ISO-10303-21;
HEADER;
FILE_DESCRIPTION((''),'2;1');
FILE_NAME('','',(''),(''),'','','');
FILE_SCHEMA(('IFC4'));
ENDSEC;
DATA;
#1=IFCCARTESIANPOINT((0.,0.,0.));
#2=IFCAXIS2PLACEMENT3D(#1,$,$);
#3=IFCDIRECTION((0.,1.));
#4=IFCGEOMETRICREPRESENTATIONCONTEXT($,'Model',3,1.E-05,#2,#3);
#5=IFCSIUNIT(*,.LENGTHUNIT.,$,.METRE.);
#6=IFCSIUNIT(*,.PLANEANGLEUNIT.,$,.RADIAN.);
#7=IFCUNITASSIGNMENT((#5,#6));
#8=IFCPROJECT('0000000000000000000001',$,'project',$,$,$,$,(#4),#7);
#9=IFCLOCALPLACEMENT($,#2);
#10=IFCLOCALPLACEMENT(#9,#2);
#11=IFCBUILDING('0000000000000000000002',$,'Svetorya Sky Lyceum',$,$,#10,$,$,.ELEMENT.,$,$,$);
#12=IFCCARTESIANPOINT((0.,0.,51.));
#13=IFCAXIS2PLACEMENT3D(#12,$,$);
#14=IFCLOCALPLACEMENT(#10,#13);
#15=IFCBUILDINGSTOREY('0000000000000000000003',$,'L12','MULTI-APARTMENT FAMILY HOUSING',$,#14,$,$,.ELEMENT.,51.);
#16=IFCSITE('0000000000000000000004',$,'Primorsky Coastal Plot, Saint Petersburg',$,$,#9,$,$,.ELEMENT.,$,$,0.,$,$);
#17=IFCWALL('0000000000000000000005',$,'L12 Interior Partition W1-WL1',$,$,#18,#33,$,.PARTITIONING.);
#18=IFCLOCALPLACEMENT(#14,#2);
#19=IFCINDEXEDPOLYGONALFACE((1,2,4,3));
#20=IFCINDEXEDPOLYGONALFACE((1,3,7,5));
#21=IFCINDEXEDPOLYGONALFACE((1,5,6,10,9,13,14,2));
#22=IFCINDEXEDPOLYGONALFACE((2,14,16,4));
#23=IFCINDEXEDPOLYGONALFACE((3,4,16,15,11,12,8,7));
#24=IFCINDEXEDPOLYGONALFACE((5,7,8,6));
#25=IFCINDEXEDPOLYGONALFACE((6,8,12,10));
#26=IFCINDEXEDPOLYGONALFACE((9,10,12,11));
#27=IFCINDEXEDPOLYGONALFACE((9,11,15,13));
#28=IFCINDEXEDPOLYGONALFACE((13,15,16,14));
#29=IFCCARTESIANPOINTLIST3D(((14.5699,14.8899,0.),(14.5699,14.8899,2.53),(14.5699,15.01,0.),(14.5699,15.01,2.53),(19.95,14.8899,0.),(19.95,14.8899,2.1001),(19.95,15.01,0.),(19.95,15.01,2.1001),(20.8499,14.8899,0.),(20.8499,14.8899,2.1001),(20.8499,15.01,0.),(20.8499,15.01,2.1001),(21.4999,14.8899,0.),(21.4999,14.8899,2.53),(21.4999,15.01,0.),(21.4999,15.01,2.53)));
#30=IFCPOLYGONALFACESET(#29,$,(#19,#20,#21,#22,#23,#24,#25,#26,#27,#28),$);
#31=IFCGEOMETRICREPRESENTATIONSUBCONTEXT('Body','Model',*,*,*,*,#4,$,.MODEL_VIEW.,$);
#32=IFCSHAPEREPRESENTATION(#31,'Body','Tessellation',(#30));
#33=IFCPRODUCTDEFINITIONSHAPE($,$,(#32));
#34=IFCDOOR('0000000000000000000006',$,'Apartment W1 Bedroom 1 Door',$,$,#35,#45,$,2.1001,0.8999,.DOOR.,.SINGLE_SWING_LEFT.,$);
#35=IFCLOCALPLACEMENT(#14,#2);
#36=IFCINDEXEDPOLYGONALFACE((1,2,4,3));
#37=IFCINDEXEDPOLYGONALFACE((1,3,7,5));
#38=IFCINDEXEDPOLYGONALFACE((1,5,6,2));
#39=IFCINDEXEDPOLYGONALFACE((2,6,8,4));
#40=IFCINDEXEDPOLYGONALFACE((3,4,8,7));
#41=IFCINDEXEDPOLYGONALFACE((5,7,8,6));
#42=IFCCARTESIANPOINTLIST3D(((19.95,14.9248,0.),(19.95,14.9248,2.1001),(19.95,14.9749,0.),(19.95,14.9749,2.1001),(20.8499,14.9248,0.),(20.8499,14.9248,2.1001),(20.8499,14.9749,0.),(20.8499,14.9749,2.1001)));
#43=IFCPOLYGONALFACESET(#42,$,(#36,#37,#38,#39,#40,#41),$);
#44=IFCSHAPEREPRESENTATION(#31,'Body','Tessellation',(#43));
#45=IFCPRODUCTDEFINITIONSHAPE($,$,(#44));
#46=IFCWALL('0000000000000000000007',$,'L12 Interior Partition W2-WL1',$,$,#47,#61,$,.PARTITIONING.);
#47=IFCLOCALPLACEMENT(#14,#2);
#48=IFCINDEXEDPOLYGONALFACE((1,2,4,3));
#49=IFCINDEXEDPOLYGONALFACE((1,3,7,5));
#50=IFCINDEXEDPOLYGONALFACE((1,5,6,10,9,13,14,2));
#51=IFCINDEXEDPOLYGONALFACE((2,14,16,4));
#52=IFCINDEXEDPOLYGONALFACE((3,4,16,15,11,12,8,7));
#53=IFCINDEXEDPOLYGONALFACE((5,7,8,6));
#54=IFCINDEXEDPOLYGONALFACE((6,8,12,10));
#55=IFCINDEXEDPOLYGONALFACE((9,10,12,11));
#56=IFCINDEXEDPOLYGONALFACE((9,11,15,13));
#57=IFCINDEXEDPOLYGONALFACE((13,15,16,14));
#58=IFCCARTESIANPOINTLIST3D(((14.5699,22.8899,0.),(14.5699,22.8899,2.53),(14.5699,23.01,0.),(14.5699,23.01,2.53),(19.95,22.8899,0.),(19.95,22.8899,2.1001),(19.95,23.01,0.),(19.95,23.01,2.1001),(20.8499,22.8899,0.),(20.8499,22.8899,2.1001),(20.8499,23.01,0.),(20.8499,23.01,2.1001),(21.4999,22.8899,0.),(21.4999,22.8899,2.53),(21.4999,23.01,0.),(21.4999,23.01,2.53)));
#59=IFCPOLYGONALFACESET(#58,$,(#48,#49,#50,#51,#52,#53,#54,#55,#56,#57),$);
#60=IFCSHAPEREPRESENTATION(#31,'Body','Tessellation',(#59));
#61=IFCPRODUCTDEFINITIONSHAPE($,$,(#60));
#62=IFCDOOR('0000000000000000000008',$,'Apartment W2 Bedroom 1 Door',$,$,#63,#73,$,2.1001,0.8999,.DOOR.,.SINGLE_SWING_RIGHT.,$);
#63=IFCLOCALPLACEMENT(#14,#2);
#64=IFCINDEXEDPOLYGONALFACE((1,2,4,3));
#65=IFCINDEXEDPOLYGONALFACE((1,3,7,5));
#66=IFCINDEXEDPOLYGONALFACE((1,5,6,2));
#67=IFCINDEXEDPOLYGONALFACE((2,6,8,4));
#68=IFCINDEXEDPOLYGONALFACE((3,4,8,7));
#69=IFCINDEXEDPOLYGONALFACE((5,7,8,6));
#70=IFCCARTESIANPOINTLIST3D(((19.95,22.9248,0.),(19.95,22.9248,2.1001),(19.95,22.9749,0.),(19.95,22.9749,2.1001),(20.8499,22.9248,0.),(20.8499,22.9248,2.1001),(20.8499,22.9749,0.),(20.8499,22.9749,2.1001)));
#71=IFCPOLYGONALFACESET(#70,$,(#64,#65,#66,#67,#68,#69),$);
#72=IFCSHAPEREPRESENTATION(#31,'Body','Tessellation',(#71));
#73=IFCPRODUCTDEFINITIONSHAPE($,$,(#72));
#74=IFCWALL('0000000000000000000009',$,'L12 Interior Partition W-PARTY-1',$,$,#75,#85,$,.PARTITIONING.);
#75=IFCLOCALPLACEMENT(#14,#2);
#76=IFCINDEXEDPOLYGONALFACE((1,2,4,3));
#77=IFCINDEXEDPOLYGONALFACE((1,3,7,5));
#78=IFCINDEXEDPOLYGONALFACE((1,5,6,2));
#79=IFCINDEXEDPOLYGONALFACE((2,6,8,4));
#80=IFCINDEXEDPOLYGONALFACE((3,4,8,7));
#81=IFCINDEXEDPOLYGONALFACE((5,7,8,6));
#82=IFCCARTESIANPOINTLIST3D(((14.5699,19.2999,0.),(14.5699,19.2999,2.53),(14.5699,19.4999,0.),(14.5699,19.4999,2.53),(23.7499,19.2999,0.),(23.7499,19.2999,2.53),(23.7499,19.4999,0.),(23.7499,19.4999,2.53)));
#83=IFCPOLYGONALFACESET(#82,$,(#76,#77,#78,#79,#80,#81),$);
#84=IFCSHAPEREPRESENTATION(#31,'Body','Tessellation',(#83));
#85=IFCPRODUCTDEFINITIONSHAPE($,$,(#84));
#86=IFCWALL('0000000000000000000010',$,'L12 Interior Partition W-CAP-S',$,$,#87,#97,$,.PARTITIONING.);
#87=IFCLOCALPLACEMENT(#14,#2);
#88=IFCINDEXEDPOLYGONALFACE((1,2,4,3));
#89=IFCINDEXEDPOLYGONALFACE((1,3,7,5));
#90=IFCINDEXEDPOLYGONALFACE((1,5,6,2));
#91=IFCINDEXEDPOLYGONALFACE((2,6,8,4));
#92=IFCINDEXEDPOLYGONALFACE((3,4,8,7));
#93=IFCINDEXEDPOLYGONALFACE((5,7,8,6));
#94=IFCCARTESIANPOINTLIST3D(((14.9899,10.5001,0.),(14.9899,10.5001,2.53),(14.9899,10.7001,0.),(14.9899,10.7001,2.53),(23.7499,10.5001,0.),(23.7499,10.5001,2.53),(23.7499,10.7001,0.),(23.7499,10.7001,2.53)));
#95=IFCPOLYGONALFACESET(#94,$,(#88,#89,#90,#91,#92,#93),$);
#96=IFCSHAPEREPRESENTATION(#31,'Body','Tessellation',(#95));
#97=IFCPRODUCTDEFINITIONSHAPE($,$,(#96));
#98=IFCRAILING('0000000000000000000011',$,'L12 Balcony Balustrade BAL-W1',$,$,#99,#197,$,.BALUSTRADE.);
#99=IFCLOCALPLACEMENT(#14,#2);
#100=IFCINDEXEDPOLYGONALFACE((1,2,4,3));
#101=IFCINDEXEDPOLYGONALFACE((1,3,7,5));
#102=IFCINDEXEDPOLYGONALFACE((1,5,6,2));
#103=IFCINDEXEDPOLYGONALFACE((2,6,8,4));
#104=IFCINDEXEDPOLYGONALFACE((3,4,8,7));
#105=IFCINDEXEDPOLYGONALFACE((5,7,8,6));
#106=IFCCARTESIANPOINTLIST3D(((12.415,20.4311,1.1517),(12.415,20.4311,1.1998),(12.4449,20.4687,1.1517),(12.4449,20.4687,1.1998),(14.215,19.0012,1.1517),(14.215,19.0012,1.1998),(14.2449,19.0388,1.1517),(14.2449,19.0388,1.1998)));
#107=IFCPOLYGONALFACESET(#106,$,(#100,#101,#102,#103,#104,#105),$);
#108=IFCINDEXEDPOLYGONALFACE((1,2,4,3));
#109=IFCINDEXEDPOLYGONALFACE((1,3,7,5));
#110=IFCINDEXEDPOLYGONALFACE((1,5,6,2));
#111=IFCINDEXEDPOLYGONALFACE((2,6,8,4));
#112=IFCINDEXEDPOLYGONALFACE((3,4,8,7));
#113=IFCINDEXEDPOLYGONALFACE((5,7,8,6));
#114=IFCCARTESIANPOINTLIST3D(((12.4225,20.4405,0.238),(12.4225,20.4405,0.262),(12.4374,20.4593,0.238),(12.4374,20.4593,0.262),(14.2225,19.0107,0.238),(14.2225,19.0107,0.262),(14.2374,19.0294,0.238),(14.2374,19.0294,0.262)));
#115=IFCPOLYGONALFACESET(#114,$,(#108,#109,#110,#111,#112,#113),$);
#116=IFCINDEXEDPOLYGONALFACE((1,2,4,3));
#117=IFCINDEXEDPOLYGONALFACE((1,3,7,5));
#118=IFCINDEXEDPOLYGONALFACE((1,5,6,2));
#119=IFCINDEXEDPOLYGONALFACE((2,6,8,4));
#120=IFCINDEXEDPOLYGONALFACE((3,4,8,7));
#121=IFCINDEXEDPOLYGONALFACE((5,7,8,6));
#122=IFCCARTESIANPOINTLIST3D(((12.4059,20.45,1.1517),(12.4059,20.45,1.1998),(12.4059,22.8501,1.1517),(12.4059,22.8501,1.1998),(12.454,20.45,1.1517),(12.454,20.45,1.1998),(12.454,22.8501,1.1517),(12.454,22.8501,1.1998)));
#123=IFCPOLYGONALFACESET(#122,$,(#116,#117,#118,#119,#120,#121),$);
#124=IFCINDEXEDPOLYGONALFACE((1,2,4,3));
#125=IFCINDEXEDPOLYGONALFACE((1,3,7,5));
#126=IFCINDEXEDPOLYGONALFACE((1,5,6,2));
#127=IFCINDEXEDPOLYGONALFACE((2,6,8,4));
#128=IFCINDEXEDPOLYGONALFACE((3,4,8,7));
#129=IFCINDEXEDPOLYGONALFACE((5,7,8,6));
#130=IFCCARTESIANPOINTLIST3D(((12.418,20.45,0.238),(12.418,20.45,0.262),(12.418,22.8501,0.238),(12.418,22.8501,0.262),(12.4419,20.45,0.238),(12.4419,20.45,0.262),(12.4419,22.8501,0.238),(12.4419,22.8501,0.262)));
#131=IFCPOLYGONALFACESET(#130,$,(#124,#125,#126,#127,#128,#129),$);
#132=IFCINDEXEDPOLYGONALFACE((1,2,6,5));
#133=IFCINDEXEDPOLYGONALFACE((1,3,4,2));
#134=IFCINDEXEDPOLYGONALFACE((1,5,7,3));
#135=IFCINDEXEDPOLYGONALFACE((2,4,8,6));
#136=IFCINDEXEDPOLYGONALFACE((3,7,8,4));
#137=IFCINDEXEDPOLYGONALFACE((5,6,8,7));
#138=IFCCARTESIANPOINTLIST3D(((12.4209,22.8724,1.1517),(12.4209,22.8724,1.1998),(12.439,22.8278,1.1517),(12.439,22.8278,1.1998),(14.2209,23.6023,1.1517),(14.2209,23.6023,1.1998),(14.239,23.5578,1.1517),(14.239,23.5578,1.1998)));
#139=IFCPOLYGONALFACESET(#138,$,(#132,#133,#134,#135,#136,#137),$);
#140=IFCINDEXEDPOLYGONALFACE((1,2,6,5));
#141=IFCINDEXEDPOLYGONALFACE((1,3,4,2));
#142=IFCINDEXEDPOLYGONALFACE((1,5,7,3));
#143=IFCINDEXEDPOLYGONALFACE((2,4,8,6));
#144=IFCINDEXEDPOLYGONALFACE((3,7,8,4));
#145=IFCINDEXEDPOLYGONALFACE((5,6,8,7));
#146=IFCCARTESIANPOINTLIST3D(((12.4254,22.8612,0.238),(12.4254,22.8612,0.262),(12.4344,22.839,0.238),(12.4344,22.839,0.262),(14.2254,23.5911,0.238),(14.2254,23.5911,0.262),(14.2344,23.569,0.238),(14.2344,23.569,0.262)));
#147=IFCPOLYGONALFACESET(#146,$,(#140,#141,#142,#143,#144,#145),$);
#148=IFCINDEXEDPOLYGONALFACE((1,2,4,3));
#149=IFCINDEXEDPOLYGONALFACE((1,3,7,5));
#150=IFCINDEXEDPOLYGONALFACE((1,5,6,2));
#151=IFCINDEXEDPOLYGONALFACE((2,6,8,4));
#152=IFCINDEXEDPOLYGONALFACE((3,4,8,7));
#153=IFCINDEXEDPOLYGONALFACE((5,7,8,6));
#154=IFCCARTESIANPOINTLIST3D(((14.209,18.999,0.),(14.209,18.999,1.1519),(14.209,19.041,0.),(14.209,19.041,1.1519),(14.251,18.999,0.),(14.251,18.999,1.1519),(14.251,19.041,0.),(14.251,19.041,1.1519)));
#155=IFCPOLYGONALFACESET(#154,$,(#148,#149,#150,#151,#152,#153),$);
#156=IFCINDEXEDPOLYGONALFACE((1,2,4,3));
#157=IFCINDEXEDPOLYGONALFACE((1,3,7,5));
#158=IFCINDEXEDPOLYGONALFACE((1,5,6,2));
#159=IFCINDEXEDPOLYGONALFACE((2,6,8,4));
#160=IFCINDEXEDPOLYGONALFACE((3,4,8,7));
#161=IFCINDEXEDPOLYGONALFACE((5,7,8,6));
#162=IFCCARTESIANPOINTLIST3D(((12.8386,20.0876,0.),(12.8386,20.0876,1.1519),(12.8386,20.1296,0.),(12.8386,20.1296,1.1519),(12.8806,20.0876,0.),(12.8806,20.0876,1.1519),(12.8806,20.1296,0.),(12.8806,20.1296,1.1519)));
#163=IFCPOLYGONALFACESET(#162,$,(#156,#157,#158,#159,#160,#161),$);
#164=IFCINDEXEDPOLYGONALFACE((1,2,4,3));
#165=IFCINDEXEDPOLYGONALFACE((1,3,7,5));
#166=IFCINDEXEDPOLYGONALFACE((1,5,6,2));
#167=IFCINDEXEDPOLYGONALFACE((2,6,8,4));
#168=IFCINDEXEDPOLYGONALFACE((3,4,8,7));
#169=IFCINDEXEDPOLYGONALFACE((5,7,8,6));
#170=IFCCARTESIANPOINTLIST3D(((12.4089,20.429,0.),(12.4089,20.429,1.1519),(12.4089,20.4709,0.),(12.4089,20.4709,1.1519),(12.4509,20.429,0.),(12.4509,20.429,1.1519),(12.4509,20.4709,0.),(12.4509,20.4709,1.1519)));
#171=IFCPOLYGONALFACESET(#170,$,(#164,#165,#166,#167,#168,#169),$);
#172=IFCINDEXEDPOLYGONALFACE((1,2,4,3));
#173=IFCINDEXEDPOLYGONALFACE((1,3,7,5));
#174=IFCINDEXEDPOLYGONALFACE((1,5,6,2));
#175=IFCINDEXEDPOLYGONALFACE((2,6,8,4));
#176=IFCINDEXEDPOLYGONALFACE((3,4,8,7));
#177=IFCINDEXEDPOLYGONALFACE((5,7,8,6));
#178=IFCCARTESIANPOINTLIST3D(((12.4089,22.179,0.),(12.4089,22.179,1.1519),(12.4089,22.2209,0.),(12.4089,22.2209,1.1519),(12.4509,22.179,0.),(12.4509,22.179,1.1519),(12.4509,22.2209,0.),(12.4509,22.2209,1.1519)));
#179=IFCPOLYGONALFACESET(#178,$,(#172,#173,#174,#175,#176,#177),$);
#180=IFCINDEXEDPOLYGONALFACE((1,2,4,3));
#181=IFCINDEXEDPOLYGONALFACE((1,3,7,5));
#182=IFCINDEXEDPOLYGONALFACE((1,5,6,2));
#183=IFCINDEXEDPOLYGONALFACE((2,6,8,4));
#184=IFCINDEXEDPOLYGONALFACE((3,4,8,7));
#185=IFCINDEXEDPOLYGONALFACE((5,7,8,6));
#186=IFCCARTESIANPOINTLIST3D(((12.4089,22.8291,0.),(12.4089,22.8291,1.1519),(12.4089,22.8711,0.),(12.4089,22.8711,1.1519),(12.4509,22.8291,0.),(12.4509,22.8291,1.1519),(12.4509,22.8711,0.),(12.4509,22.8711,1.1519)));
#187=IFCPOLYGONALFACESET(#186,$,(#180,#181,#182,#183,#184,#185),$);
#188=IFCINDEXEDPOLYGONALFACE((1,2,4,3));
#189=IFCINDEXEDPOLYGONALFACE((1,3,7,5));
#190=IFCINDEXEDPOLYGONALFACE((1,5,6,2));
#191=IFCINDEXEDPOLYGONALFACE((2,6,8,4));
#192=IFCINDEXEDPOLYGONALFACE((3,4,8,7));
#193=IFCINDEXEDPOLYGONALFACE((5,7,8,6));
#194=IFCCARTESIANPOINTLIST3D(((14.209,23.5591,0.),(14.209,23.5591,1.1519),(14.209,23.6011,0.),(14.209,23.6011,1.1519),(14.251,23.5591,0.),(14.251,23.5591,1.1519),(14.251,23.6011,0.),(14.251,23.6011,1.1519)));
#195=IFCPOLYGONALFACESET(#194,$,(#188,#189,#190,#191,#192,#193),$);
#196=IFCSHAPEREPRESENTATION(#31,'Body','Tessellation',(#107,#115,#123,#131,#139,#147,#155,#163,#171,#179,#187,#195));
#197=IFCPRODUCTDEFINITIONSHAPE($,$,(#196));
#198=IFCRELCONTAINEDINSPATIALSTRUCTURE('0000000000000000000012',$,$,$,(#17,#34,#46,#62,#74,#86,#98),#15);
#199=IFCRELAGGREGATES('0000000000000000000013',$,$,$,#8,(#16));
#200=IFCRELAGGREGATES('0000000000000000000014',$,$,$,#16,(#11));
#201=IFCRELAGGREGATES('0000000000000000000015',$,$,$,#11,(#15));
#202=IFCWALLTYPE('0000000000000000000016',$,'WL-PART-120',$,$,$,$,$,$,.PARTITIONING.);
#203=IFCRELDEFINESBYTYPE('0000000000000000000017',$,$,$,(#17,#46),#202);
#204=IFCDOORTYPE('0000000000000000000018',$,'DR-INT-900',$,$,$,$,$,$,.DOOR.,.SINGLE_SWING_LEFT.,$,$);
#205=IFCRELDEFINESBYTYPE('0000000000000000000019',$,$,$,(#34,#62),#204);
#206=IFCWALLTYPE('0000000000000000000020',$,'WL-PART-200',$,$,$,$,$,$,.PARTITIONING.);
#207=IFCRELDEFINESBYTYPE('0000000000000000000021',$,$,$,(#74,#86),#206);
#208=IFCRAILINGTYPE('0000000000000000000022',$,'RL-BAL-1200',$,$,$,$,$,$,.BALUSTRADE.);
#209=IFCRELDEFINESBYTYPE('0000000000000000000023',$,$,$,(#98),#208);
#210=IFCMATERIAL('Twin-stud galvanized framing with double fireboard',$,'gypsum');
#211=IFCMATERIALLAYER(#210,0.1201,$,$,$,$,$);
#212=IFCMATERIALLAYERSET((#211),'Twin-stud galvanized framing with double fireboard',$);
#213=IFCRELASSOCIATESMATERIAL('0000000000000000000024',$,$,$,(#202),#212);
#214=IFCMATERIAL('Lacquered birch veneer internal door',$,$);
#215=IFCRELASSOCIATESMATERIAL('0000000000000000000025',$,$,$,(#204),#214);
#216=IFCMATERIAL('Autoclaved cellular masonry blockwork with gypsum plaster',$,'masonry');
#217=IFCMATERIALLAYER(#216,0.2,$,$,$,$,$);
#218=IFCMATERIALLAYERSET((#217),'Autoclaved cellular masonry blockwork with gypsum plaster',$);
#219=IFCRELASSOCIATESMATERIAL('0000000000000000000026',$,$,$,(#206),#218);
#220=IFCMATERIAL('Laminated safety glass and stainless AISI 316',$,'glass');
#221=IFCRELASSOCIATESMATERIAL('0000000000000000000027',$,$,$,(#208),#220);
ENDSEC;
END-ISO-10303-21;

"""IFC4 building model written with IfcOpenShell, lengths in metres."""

from ifc_helpers import new_model, si_unit, direction, frame, frame_2d, origin, origin_2d, place, context, subcontext, project, spatial, rectangle, extrude, material, layer, layer_set, type_object, element, fill, save


model = new_model("IFC4")

# Units and contexts
model_context = context("Model", 3, precision=1e-05, world=origin(), true_north=direction((0.0, 1.0)))
body_context = subcontext(model_context, "Body", "Model", "MODEL_VIEW")
ifc_project = project(units=[si_unit("LENGTHUNIT", "METRE"), si_unit("PLANEANGLEUNIT", "RADIAN")], contexts=[model_context])

# Site, building, storey
site_placement = place(None, origin())
site = spatial("IfcSite", under=ifc_project, at=site_placement, Name="Primorsky Coastal Plot, Saint Petersburg", CompositionType="ELEMENT", RefElevation=0.0)
building_placement = place(site_placement, origin())
building = spatial("IfcBuilding", under=site, at=building_placement, Name="Svetorya Sky Lyceum", CompositionType="ELEMENT")
storey_placement = place(building_placement, frame((0.0, 0.0, 51.0)))
storey = spatial("IfcBuildingStorey", under=building, at=storey_placement, Name="L12", Description="MULTI-APARTMENT FAMILY HOUSING", CompositionType="ELEMENT", Elevation=51.0)

# Walls, openings, doors
ifc_material_1 = material(Name="Twin-stud galvanized framing with double fireboard", Category="gypsum")
ifc_layer_1 = layer(ifc_material_1, 0.1201)
ifc_layer_set_1 = layer_set([ifc_layer_1], Name="Twin-stud galvanized framing with double fireboard")
wall_type_1 = type_object("IfcWallType", Name="WL-PART-120", PredefinedType="PARTITIONING", material=ifc_layer_set_1)
wall_1_placement = place(storey_placement, frame((14.5701, 14.95, 0.0), z_axis=(0.0, 0.0, 1.0), x_axis=(1.0, 0.0, 0.0)))
wall_1 = element("IfcWall", 1, at=wall_1_placement, inside=storey, type_object=wall_type_1, Name="L12 Interior Partition W1-WL1", PredefinedType="PARTITIONING", context=body_context, shape_type="SweptSolid", body=[
    extrude(rectangle(XDim=6.9299, YDim=0.1201, at=frame_2d((3.4648, 0.0))), origin(), (0.0, 0.0, 1.0), 2.53),
])
opening_1_placement = place(wall_1_placement, frame((5.3799, 0.0, 0.0)))
opening_1 = element("IfcOpeningElement", 2, at=opening_1_placement, cuts=wall_1, PredefinedType="OPENING", context=body_context, shape_type="SweptSolid", body=[
    extrude(rectangle(XDim=0.8999, YDim=2.1001, at=frame_2d((0.45, 1.05))), frame((0.0, 0.0701, 0.0), z_axis=(0.0, -1.0, 0.0), x_axis=(1.0, 0.0, 0.0)), (0.0, 0.0, 1.0), 0.1401),
])
ifc_material_2 = material(Name="Lacquered birch veneer internal door")
door_type = type_object("IfcDoorType", Name="DR-INT-900", OperationType="SINGLE_SWING_LEFT", PredefinedType="DOOR", material=ifc_material_2)
door_1_placement = place(opening_1_placement, origin())
door_1 = element("IfcDoor", 3, at=door_1_placement, inside=storey, type_object=door_type, Name="Apartment W1 Bedroom 1 Door", OperationType="SINGLE_SWING_LEFT", OverallHeight=2.1001, OverallWidth=0.8999, PredefinedType="DOOR", context=body_context, shape_type="SweptSolid", body=[
    extrude(rectangle(XDim=0.8999, YDim=2.1001, at=frame_2d((0.45, 1.05))), frame((0.0, 0.0249, 0.0), z_axis=(0.0, -1.0, 0.0), x_axis=(1.0, 0.0, 0.0)), (0.0, 0.0, 1.0), 0.05),
])
fill(opening_1, door_1)
wall_2_placement = place(storey_placement, frame((14.5701, 22.95, 0.0), z_axis=(0.0, 0.0, 1.0), x_axis=(1.0, 0.0, 0.0)))
wall_2 = element("IfcWall", 4, at=wall_2_placement, inside=storey, type_object=wall_type_1, Name="L12 Interior Partition W2-WL1", PredefinedType="PARTITIONING", context=body_context, shape_type="SweptSolid", body=[
    extrude(rectangle(XDim=6.9299, YDim=0.1201, at=frame_2d((3.4648, 0.0))), origin(), (0.0, 0.0, 1.0), 2.53),
])
opening_2_placement = place(wall_2_placement, frame((5.3799, 0.0, 0.0)))
opening_2 = element("IfcOpeningElement", 5, at=opening_2_placement, cuts=wall_2, PredefinedType="OPENING", context=body_context, shape_type="SweptSolid", body=[
    extrude(rectangle(XDim=0.8999, YDim=2.1001, at=frame_2d((0.45, 1.05))), frame((0.0, 0.0701, 0.0), z_axis=(0.0, -1.0, 0.0), x_axis=(1.0, 0.0, 0.0)), (0.0, 0.0, 1.0), 0.1401),
])
door_2_placement = place(opening_2_placement, origin())
door_2 = element("IfcDoor", 6, at=door_2_placement, inside=storey, type_object=door_type, Name="Apartment W2 Bedroom 1 Door", OperationType="SINGLE_SWING_RIGHT", OverallHeight=2.1001, OverallWidth=0.8999, PredefinedType="DOOR", context=body_context, shape_type="SweptSolid", body=[
    extrude(rectangle(XDim=0.8999, YDim=2.1001, at=frame_2d((0.45, 1.05))), frame((0.0, 0.0249, 0.0), z_axis=(0.0, -1.0, 0.0), x_axis=(1.0, 0.0, 0.0)), (0.0, 0.0, 1.0), 0.05),
])
fill(opening_2, door_2)

# Walls
ifc_material_3 = material(Name="Autoclaved cellular masonry blockwork with gypsum plaster", Category="masonry")
ifc_layer_2 = layer(ifc_material_3, 0.2)
ifc_layer_set_2 = layer_set([ifc_layer_2], Name="Autoclaved cellular masonry blockwork with gypsum plaster")
wall_type_2 = type_object("IfcWallType", Name="WL-PART-200", PredefinedType="PARTITIONING", material=ifc_layer_set_2)
wall_3_placement = place(storey_placement, frame((14.5701, 19.3999, 0.0), z_axis=(0.0, 0.0, 1.0), x_axis=(1.0, 0.0, 0.0)))
element("IfcWall", 7, at=wall_3_placement, inside=storey, type_object=wall_type_2, Name="L12 Interior Partition W-PARTY-1", PredefinedType="PARTITIONING", context=body_context, shape_type="SweptSolid", body=[
    extrude(rectangle(XDim=9.1799, YDim=0.2, at=frame_2d((4.5898, 0.0))), origin(), (0.0, 0.0, 1.0), 2.53),
])
wall_4_placement = place(storey_placement, frame((14.99, 10.6001, 0.0), z_axis=(0.0, 0.0, 1.0), x_axis=(1.0, 0.0, 0.0)))
element("IfcWall", 8, at=wall_4_placement, inside=storey, type_object=wall_type_2, Name="L12 Interior Partition W-CAP-S", PredefinedType="PARTITIONING", context=body_context, shape_type="SweptSolid", body=[
    extrude(rectangle(XDim=8.76, YDim=0.2, at=frame_2d((4.3799, 0.0))), origin(), (0.0, 0.0, 1.0), 2.53),
])

# Railing
ifc_material_4 = material(Name="Laminated safety glass and stainless AISI 316", Category="glass")
railing_type = type_object("IfcRailingType", Name="RL-BAL-1200", PredefinedType="BALUSTRADE", material=ifc_material_4)
railing_placement = place(storey_placement, frame((14.23, 19.02, 0.0)))
element("IfcRailing", 9, at=railing_placement, inside=storey, type_object=railing_type, Name="L12 Balcony Balustrade BAL-W1", PredefinedType="BALUSTRADE", context=body_context, shape_type="SweptSolid", body=[
    extrude(rectangle(XDim=0.0481, YDim=0.0481, at=origin_2d()), frame((0.0, 0.0, 1.1758), z_axis=(-0.783009, 0.62201, 0.0), x_axis=(-0.62201, -0.783009, 0.0)), (0.0, 0.0, 1.0), 2.2988),
    extrude(rectangle(XDim=0.0239, YDim=0.0239, at=origin_2d()), frame((0.0, 0.0, 0.25), z_axis=(-0.783009, 0.62201, 0.0), x_axis=(-0.62201, -0.783009, 0.0)), (0.0, 0.0, 1.0), 2.2988),
    extrude(rectangle(XDim=0.0481, YDim=0.0481, at=origin_2d()), frame((-1.8, 1.4299, 1.1758), z_axis=(0.0, 1.0, 0.0), x_axis=(-1.0, 0.0, 0.0)), (0.0, 0.0, 1.0), 2.4001),
    extrude(rectangle(XDim=0.0239, YDim=0.0239, at=origin_2d()), frame((-1.8, 1.4299, 0.25), z_axis=(0.0, 1.0, 0.0), x_axis=(-1.0, 0.0, 0.0)), (0.0, 0.0, 1.0), 2.4001),
    extrude(rectangle(XDim=0.0481, YDim=0.0481, at=origin_2d()), frame((-1.8, 3.8301, 1.1758), z_axis=(0.926698, 0.375807, 0.0), x_axis=(-0.375807, 0.926698, 0.0)), (0.0, 0.0, 1.0), 1.9424),
    extrude(rectangle(XDim=0.0239, YDim=0.0239, at=origin_2d()), frame((-1.8, 3.8301, 0.25), z_axis=(0.926698, 0.375807, 0.0), x_axis=(-0.375807, 0.926698, 0.0)), (0.0, 0.0, 1.0), 1.9424),
    extrude(rectangle(XDim=0.042, YDim=0.042, at=origin_2d()), origin(), (0.0, 0.0, 1.0), 1.1519),
    extrude(rectangle(XDim=0.042, YDim=0.042, at=origin_2d()), frame((-1.3704, 1.0886, 0.0)), (0.0, 0.0, 1.0), 1.1519),
    extrude(rectangle(XDim=0.042, YDim=0.042, at=origin_2d()), frame((-1.8, 1.4299, 0.0)), (0.0, 0.0, 1.0), 1.1519),
    extrude(rectangle(XDim=0.042, YDim=0.042, at=origin_2d()), frame((-1.8, 3.1799, 0.0)), (0.0, 0.0, 1.0), 1.1519),
    extrude(rectangle(XDim=0.042, YDim=0.042, at=origin_2d()), frame((-1.8, 3.8301, 0.0)), (0.0, 0.0, 1.0), 1.1519),
    extrude(rectangle(XDim=0.042, YDim=0.042, at=origin_2d()), frame((0.0, 4.5601, 0.0)), (0.0, 0.0, 1.0), 1.1519),
])

save(model, "model.ifc")
